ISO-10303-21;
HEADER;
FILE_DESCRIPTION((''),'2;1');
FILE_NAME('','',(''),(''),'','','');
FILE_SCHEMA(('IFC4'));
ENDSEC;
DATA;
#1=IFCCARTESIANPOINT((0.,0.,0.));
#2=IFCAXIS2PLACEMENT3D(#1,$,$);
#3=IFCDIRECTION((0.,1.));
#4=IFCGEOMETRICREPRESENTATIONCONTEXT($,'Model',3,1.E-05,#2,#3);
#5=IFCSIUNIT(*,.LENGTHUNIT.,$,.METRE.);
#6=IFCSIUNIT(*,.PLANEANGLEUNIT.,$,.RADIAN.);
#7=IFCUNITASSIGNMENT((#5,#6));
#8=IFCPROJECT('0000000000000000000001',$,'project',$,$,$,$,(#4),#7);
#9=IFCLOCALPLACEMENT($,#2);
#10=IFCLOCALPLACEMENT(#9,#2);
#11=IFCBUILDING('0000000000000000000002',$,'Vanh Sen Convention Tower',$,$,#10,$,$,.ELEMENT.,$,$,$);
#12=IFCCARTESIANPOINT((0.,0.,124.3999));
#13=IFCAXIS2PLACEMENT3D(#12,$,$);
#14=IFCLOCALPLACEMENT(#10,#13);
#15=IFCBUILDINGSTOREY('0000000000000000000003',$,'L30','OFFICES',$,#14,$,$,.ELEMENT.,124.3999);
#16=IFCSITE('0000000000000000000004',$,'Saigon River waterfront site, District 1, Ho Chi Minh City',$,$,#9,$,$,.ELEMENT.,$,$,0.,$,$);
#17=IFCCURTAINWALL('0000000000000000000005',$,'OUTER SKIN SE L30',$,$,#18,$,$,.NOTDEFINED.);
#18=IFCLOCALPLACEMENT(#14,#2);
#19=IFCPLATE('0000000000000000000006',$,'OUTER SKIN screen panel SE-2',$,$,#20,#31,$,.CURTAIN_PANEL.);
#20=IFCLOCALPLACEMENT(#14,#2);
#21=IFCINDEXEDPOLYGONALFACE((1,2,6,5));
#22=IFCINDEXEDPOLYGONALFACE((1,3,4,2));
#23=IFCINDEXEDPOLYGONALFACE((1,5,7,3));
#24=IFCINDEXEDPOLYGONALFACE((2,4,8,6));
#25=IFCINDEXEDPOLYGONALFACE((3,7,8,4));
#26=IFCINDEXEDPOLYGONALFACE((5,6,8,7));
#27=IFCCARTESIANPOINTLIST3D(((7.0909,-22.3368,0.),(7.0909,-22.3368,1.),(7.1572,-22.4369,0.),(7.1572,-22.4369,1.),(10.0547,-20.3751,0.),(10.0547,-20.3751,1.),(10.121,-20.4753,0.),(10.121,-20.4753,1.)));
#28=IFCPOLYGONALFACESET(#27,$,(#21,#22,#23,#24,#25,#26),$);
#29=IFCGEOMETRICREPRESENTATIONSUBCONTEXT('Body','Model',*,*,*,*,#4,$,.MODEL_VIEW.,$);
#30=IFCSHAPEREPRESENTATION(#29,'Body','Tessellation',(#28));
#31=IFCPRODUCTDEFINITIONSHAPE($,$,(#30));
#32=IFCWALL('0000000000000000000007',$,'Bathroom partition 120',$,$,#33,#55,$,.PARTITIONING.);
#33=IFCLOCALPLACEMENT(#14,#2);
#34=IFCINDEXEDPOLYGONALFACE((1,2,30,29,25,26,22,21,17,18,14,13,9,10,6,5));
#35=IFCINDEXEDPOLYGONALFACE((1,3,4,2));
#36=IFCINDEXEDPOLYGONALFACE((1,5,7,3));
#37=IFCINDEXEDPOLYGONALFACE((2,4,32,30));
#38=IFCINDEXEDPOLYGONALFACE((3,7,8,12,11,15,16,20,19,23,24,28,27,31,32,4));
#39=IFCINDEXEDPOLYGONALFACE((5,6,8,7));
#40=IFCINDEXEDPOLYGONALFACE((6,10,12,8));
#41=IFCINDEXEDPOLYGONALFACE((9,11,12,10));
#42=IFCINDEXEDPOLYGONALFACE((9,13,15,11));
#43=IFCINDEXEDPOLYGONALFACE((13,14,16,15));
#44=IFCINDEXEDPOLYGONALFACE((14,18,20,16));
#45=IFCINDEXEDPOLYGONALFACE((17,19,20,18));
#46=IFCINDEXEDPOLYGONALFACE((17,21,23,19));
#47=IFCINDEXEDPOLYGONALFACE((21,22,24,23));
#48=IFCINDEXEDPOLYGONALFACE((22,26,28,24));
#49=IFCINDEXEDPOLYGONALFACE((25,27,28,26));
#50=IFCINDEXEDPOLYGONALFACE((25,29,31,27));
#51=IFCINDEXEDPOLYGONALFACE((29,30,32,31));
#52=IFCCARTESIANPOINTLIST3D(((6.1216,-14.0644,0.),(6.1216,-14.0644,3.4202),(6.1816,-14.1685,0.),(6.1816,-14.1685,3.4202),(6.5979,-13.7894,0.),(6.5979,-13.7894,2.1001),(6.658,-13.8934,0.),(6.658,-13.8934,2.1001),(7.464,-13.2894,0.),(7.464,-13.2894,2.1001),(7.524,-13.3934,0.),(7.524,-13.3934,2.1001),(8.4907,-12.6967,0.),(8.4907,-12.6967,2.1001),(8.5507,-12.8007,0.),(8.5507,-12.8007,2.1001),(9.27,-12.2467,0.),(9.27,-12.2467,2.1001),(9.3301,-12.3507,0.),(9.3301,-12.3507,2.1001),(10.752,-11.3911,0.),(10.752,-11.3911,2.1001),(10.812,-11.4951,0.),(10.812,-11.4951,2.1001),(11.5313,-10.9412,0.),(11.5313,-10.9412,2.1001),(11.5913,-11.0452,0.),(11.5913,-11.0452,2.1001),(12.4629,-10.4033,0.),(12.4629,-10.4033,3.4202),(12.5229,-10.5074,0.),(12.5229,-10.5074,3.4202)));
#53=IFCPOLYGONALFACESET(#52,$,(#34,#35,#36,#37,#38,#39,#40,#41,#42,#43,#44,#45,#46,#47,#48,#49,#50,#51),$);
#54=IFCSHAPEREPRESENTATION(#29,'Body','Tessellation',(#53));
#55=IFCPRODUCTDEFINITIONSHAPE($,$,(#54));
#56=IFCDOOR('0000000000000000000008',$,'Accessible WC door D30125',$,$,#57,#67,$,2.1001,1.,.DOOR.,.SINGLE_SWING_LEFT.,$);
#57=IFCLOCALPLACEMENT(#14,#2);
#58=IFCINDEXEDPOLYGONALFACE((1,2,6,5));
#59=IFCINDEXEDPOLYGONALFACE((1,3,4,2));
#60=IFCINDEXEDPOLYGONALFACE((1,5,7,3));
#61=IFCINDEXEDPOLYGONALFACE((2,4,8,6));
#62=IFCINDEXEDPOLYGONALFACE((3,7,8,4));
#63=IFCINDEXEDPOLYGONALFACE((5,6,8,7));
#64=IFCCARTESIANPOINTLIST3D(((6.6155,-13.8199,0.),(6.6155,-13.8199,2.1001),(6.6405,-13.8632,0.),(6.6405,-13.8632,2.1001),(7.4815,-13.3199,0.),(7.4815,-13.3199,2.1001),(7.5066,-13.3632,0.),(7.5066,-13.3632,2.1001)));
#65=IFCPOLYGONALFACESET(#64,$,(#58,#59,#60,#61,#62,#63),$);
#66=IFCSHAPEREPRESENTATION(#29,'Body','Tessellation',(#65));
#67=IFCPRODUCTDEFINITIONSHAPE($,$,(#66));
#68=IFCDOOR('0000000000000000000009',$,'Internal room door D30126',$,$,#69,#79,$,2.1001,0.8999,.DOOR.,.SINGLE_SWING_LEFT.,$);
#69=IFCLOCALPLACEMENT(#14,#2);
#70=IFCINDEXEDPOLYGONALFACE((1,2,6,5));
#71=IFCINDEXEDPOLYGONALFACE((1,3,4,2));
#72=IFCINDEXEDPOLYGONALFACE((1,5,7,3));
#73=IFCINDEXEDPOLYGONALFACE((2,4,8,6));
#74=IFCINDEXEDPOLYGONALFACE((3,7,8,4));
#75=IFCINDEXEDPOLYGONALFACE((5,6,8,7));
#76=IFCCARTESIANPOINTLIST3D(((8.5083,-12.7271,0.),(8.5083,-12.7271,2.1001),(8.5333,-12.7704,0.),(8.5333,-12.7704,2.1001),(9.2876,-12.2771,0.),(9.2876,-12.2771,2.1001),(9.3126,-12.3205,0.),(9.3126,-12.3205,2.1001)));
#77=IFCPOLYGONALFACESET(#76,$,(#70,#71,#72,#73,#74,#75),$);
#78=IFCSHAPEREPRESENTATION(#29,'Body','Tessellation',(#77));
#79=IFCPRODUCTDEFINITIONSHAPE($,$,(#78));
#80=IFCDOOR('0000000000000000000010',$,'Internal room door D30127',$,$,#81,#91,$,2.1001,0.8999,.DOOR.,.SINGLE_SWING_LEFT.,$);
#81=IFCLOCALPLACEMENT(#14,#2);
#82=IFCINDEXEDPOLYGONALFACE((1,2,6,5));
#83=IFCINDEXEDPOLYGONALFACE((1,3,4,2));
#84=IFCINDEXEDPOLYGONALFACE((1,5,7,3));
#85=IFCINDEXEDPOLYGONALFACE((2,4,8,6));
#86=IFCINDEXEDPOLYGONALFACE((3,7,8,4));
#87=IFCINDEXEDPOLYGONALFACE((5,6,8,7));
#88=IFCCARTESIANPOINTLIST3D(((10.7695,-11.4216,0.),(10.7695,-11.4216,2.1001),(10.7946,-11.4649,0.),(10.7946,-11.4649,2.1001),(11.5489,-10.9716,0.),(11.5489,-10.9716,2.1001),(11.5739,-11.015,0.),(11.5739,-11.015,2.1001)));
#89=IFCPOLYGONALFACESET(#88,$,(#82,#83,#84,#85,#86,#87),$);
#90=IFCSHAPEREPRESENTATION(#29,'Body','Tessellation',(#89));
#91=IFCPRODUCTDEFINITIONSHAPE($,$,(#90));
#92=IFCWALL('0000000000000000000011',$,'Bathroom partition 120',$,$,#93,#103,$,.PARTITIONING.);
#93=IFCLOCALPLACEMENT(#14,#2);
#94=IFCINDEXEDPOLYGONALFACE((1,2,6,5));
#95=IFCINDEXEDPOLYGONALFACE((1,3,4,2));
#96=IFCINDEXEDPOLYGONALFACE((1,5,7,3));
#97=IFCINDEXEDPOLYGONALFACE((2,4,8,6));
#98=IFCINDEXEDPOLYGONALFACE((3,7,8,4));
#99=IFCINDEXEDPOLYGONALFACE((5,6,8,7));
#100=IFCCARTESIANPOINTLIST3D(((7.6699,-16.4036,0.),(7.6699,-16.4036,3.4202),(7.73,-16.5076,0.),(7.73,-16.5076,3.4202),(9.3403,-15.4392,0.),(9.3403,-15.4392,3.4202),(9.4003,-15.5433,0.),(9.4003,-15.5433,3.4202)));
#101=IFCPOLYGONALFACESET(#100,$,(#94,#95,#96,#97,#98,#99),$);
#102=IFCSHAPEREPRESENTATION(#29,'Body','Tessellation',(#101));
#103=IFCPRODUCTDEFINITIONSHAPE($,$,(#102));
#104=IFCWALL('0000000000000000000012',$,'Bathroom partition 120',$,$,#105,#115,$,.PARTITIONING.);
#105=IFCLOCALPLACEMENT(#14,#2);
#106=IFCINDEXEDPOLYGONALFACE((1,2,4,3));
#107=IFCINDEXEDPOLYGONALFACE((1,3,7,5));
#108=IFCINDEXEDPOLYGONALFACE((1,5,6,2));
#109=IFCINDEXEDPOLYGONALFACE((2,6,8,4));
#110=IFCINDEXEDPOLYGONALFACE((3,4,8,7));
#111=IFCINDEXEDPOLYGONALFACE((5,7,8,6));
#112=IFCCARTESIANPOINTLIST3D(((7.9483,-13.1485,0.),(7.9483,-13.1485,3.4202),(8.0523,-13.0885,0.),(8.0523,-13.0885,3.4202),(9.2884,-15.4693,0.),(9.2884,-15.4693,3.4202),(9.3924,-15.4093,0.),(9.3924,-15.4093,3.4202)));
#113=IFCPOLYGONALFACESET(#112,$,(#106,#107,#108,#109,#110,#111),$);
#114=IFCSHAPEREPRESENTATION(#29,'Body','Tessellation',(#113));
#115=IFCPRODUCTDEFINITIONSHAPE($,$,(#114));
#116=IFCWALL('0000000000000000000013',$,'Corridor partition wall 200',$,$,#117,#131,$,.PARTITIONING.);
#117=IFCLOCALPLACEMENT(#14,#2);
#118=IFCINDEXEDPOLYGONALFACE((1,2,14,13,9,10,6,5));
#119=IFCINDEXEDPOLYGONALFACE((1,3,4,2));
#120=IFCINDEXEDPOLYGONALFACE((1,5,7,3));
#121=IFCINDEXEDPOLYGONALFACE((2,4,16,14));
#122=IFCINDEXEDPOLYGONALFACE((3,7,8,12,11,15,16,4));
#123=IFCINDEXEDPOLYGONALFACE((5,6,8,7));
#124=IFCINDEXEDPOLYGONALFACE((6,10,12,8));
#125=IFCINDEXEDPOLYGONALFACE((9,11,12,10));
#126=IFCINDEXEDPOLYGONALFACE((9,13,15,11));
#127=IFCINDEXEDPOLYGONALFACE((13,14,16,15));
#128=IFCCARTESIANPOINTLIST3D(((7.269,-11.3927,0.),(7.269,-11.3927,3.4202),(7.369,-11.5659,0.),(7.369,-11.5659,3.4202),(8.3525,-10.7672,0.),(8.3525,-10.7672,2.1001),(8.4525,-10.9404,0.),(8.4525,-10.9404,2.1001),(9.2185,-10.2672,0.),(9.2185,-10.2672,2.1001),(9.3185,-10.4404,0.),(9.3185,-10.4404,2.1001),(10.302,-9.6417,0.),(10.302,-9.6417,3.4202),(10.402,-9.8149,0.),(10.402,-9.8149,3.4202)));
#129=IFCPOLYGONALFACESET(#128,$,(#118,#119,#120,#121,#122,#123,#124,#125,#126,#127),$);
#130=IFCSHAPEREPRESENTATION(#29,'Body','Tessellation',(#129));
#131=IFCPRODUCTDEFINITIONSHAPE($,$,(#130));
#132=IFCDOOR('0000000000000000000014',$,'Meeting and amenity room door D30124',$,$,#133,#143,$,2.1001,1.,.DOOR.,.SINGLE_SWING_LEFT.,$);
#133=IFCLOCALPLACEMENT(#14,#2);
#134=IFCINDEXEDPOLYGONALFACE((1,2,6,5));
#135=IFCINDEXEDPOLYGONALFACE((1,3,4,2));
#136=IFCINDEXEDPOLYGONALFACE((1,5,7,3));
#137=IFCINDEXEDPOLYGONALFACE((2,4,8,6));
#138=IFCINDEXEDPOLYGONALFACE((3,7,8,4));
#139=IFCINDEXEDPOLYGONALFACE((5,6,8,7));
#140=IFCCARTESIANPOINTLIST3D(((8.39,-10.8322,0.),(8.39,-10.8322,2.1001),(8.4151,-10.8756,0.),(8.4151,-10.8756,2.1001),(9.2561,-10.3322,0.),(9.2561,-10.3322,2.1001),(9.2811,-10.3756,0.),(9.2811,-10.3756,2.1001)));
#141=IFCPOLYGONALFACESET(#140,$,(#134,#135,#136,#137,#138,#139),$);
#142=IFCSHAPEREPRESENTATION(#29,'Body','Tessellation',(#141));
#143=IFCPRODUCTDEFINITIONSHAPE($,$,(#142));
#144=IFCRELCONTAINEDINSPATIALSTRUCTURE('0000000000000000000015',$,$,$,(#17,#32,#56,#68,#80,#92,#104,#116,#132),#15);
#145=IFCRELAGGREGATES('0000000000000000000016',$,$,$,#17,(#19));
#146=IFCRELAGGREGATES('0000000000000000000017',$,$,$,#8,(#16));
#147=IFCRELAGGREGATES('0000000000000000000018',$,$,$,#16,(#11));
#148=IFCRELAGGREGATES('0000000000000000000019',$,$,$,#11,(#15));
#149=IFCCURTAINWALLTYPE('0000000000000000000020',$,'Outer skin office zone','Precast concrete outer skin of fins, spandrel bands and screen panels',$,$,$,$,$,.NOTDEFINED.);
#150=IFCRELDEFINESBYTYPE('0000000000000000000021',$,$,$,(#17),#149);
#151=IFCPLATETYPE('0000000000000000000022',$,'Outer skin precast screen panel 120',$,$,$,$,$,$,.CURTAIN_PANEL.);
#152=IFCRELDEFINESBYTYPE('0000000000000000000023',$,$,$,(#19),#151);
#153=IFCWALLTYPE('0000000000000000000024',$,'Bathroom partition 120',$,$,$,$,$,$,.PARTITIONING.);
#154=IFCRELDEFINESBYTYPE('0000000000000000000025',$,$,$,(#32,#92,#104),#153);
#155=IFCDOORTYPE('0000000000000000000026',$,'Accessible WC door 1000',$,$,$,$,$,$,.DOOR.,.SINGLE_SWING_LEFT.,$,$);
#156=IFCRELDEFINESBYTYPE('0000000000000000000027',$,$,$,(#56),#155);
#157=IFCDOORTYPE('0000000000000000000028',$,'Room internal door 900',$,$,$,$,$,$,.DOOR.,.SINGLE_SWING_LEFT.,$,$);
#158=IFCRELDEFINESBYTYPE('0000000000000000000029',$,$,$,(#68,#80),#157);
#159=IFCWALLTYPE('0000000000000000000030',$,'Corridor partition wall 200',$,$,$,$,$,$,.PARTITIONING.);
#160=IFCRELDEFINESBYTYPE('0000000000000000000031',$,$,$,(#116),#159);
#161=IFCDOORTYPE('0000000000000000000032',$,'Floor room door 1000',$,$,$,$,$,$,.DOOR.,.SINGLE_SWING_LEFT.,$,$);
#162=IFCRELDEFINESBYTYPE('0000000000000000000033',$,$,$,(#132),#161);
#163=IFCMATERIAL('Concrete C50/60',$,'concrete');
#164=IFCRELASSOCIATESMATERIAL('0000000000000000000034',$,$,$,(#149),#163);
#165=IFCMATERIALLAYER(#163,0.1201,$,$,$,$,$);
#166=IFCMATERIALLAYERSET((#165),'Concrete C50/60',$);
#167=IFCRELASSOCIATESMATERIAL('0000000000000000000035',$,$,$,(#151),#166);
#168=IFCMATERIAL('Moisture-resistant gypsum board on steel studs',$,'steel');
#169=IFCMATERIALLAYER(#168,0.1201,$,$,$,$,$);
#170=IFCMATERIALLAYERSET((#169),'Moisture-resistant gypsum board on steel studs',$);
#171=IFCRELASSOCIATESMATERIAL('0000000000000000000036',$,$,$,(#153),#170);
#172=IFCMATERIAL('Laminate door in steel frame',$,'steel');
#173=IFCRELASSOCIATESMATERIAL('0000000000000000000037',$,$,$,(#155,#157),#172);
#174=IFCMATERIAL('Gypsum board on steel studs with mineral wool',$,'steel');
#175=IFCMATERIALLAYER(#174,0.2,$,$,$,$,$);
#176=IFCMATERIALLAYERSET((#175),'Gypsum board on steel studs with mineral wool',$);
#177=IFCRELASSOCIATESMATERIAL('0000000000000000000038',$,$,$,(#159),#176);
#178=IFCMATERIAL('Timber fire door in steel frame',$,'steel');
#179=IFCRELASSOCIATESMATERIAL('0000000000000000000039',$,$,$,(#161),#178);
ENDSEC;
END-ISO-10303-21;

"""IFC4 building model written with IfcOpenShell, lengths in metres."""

from ifc_helpers import new_model, si_unit, direction, frame, frame_2d, origin, origin_2d, place, context, subcontext, project, spatial, rectangle, extrude, material, layer, layer_set, type_object, element, fill, aggregate, save


model = new_model("IFC4")

# Units and contexts
model_context = context("Model", 3, precision=1e-05, world=origin(), true_north=direction((0.0, 1.0)))
body_context = subcontext(model_context, "Body", "Model", "MODEL_VIEW")
ifc_project = project(units=[si_unit("LENGTHUNIT", "METRE"), si_unit("PLANEANGLEUNIT", "RADIAN")], contexts=[model_context])

# Site, building, storey
site_placement = place(None, origin())
site = spatial("IfcSite", under=ifc_project, at=site_placement, Name="Saigon River waterfront site, District 1, Ho Chi Minh City", CompositionType="ELEMENT", RefElevation=0.0)
building_placement = place(site_placement, origin())
building = spatial("IfcBuilding", under=site, at=building_placement, Name="Vanh Sen Convention Tower", CompositionType="ELEMENT")
storey_placement = place(building_placement, frame((0.0, 0.0, 124.3999)))
storey = spatial("IfcBuildingStorey", under=building, at=storey_placement, Name="L30", Description="OFFICES", CompositionType="ELEMENT", Elevation=124.3999)

# Curtain wall
ifc_material_1 = material(Name="Concrete C50/60", Category="concrete")
curtain_wall_type = type_object("IfcCurtainWallType", Name="Outer skin office zone", Description="Precast concrete outer skin of fins, spandrel bands and screen panels", PredefinedType="NOTDEFINED", material=ifc_material_1)
curtain_wall_placement = place(storey_placement, origin())
curtain_wall = element("IfcCurtainWall", 1, at=curtain_wall_placement, inside=storey, type_object=curtain_wall_type, Name="OUTER SKIN SE L30", PredefinedType="NOTDEFINED")

# Plate
ifc_layer_1 = layer(ifc_material_1, 0.1201)
ifc_layer_set_1 = layer_set([ifc_layer_1], Name="Concrete C50/60")
plate_type = type_object("IfcPlateType", Name="Outer skin precast screen panel 120", PredefinedType="CURTAIN_PANEL", material=ifc_layer_set_1)
plate_1_placement = place(storey_placement, frame((8.606, -21.406, 0.0), z_axis=(0.0, 0.0, 1.0), x_axis=(0.83389, 0.551931, 0.0)))
plate_1 = element("IfcPlate", 2, at=plate_1_placement, type_object=plate_type, Name="OUTER SKIN screen panel SE-2", PredefinedType="CURTAIN_PANEL", context=body_context, shape_type="SweptSolid", body=[
    extrude(rectangle(XDim=3.5542, YDim=0.1201, at=origin_2d()), origin(), (0.0, 0.0, 1.0), 1.0),
])
aggregate(curtain_wall, [plate_1])

# Wall, openings, doors
ifc_material_2 = material(Name="Moisture-resistant gypsum board on steel studs", Category="steel")
ifc_layer_2 = layer(ifc_material_2, 0.1201)
ifc_layer_set_2 = layer_set([ifc_layer_2], Name="Moisture-resistant gypsum board on steel studs")
wall_type_1 = type_object("IfcWallType", Name="Bathroom partition 120", PredefinedType="PARTITIONING", material=ifc_layer_set_2)
wall_1_placement = place(storey_placement, frame((6.1516, -14.1165, 0.0), z_axis=(0.0, 0.0, 1.0), x_axis=(0.866027, 0.499998, 0.0)))
wall_1 = element("IfcWall", 3, at=wall_1_placement, inside=storey, type_object=wall_type_1, Name="Bathroom partition 120", PredefinedType="PARTITIONING", context=body_context, shape_type="SweptSolid", body=[
    extrude(rectangle(XDim=7.3223, YDim=0.1201, at=frame_2d((3.6611, 0.0))), origin(), (0.0, 0.0, 1.0), 3.4202),
])
opening_1_placement = place(wall_1_placement, frame((0.55, 0.0, 0.0)))
opening_1 = element("IfcOpeningElement", 4, at=opening_1_placement, cuts=wall_1, PredefinedType="OPENING", context=body_context, shape_type="SweptSolid", body=[
    extrude(rectangle(XDim=1.0, YDim=2.1001, at=frame_2d((0.5, 1.05))), frame((0.0, 0.0701, 0.0), z_axis=(0.0, -1.0, 0.0), x_axis=(1.0, 0.0, 0.0)), (0.0, 0.0, 1.0), 0.1401),
])
opening_2_placement = place(wall_1_placement, frame((2.7356, 0.0, 0.0)))
opening_2 = element("IfcOpeningElement", 5, at=opening_2_placement, cuts=wall_1, PredefinedType="OPENING", context=body_context, shape_type="SweptSolid", body=[
    extrude(rectangle(XDim=0.8999, YDim=2.1001, at=frame_2d((0.45, 1.05))), frame((0.0, 0.0701, 0.0), z_axis=(0.0, -1.0, 0.0), x_axis=(1.0, 0.0, 0.0)), (0.0, 0.0, 1.0), 0.1401),
])
opening_3_placement = place(wall_1_placement, frame((5.3467, 0.0, 0.0)))
opening_3 = element("IfcOpeningElement", 6, at=opening_3_placement, cuts=wall_1, PredefinedType="OPENING", context=body_context, shape_type="SweptSolid", body=[
    extrude(rectangle(XDim=0.8999, YDim=2.1001, at=frame_2d((0.45, 1.05))), frame((0.0, 0.0701, 0.0), z_axis=(0.0, -1.0, 0.0), x_axis=(1.0, 0.0, 0.0)), (0.0, 0.0, 1.0), 0.1401),
])
ifc_material_3 = material(Name="Laminate door in steel frame", Category="steel")
door_type_1 = type_object("IfcDoorType", Name="Accessible WC door 1000", OperationType="SINGLE_SWING_LEFT", PredefinedType="DOOR", material=ifc_material_3)
door_1_placement = place(opening_1_placement, origin())
door_1 = element("IfcDoor", 7, at=door_1_placement, inside=storey, type_object=door_type_1, Name="Accessible WC door D30125", OperationType="SINGLE_SWING_LEFT", OverallHeight=2.1001, OverallWidth=1.0, PredefinedType="DOOR", context=body_context, shape_type="SweptSolid", body=[
    extrude(rectangle(XDim=1.0, YDim=2.1001, at=frame_2d((0.5, 1.05))), frame((0.0, 0.0249, 0.0), z_axis=(0.0, -1.0, 0.0), x_axis=(1.0, 0.0, 0.0)), (0.0, 0.0, 1.0), 0.05),
])
fill(opening_1, door_1)
door_type_2 = type_object("IfcDoorType", Name="Room internal door 900", OperationType="SINGLE_SWING_LEFT", PredefinedType="DOOR", material=ifc_material_3)
door_2_placement = place(opening_2_placement, origin())
door_2 = element("IfcDoor", 8, at=door_2_placement, inside=storey, type_object=door_type_2, Name="Internal room door D30126", OperationType="SINGLE_SWING_LEFT", OverallHeight=2.1001, OverallWidth=0.8999, PredefinedType="DOOR", context=body_context, shape_type="SweptSolid", body=[
    extrude(rectangle(XDim=0.8999, YDim=2.1001, at=frame_2d((0.45, 1.05))), frame((0.0, 0.0249, 0.0), z_axis=(0.0, -1.0, 0.0), x_axis=(1.0, 0.0, 0.0)), (0.0, 0.0, 1.0), 0.05),
])
fill(opening_2, door_2)
door_3_placement = place(opening_3_placement, origin())
door_3 = element("IfcDoor", 9, at=door_3_placement, inside=storey, type_object=door_type_2, Name="Internal room door D30127", OperationType="SINGLE_SWING_LEFT", OverallHeight=2.1001, OverallWidth=0.8999, PredefinedType="DOOR", context=body_context, shape_type="SweptSolid", body=[
    extrude(rectangle(XDim=0.8999, YDim=2.1001, at=frame_2d((0.45, 1.05))), frame((0.0, 0.0249, 0.0), z_axis=(0.0, -1.0, 0.0), x_axis=(1.0, 0.0, 0.0)), (0.0, 0.0, 1.0), 0.05),
])
fill(opening_3, door_3)

# Walls
wall_2_placement = place(storey_placement, frame((7.7, -16.4556, 0.0), z_axis=(0.0, 0.0, 1.0), x_axis=(0.866038, 0.499978, 0.0)))
element("IfcWall", 10, at=wall_2_placement, inside=storey, type_object=wall_type_1, Name="Bathroom partition 120", PredefinedType="PARTITIONING", context=body_context, shape_type="SweptSolid", body=[
    extrude(rectangle(XDim=1.9287, YDim=0.1201, at=frame_2d((0.9644, 0.0))), origin(), (0.0, 0.0, 1.0), 3.4202),
])
wall_3_placement = place(storey_placement, frame((9.3403, -15.4392, 0.0), z_axis=(0.0, 0.0, 1.0), x_axis=(-0.500048, 0.865997, 0.0)))
element("IfcWall", 11, at=wall_3_placement, inside=storey, type_object=wall_type_1, Name="Bathroom partition 120", PredefinedType="PARTITIONING", context=body_context, shape_type="SweptSolid", body=[
    extrude(rectangle(XDim=2.6799, YDim=0.1201, at=frame_2d((1.3398, 0.0))), origin(), (0.0, 0.0, 1.0), 3.4202),
])

# Wall, opening, door
ifc_material_4 = material(Name="Gypsum board on steel studs with mineral wool", Category="steel")
ifc_layer_3 = layer(ifc_material_4, 0.2)
ifc_layer_set_3 = layer_set([ifc_layer_3], Name="Gypsum board on steel studs with mineral wool")
wall_type_2 = type_object("IfcWallType", Name="Corridor partition wall 200", PredefinedType="PARTITIONING", material=ifc_layer_set_3)
wall_4_placement = place(storey_placement, frame((7.3191, -11.4792, 0.0), z_axis=(0.0, 0.0, 1.0), x_axis=(0.866038, 0.499978, 0.0)))
wall_4 = element("IfcWall", 12, at=wall_4_placement, inside=storey, type_object=wall_type_2, Name="Corridor partition wall 200", PredefinedType="PARTITIONING", context=body_context, shape_type="SweptSolid", body=[
    extrude(rectangle(XDim=3.5022, YDim=0.2, at=frame_2d((1.751, 0.0))), origin(), (0.0, 0.0, 1.0), 3.4202),
])
opening_4_placement = place(wall_4_placement, frame((1.251, 0.0, 0.0)))
opening_4 = element("IfcOpeningElement", 13, at=opening_4_placement, cuts=wall_4, PredefinedType="OPENING", context=body_context, shape_type="SweptSolid", body=[
    extrude(rectangle(XDim=1.0, YDim=2.1001, at=frame_2d((0.5, 1.05))), frame((0.0, 0.1099, 0.0), z_axis=(0.0, -1.0, 0.0), x_axis=(1.0, 0.0, 0.0)), (0.0, 0.0, 1.0), 0.22),
])
ifc_material_5 = material(Name="Timber fire door in steel frame", Category="steel")
door_type_3 = type_object("IfcDoorType", Name="Floor room door 1000", OperationType="SINGLE_SWING_LEFT", PredefinedType="DOOR", material=ifc_material_5)
door_4_placement = place(opening_4_placement, origin())
door_4 = element("IfcDoor", 14, at=door_4_placement, inside=storey, type_object=door_type_3, Name="Meeting and amenity room door D30124", OperationType="SINGLE_SWING_LEFT", OverallHeight=2.1001, OverallWidth=1.0, PredefinedType="DOOR", context=body_context, shape_type="SweptSolid", body=[
    extrude(rectangle(XDim=1.0, YDim=2.1001, at=frame_2d((0.5, 1.05))), frame((0.0, 0.0249, 0.0), z_axis=(0.0, -1.0, 0.0), x_axis=(1.0, 0.0, 0.0)), (0.0, 0.0, 1.0), 0.05),
])
fill(opening_4, door_4)

save(model, "model.ifc")
